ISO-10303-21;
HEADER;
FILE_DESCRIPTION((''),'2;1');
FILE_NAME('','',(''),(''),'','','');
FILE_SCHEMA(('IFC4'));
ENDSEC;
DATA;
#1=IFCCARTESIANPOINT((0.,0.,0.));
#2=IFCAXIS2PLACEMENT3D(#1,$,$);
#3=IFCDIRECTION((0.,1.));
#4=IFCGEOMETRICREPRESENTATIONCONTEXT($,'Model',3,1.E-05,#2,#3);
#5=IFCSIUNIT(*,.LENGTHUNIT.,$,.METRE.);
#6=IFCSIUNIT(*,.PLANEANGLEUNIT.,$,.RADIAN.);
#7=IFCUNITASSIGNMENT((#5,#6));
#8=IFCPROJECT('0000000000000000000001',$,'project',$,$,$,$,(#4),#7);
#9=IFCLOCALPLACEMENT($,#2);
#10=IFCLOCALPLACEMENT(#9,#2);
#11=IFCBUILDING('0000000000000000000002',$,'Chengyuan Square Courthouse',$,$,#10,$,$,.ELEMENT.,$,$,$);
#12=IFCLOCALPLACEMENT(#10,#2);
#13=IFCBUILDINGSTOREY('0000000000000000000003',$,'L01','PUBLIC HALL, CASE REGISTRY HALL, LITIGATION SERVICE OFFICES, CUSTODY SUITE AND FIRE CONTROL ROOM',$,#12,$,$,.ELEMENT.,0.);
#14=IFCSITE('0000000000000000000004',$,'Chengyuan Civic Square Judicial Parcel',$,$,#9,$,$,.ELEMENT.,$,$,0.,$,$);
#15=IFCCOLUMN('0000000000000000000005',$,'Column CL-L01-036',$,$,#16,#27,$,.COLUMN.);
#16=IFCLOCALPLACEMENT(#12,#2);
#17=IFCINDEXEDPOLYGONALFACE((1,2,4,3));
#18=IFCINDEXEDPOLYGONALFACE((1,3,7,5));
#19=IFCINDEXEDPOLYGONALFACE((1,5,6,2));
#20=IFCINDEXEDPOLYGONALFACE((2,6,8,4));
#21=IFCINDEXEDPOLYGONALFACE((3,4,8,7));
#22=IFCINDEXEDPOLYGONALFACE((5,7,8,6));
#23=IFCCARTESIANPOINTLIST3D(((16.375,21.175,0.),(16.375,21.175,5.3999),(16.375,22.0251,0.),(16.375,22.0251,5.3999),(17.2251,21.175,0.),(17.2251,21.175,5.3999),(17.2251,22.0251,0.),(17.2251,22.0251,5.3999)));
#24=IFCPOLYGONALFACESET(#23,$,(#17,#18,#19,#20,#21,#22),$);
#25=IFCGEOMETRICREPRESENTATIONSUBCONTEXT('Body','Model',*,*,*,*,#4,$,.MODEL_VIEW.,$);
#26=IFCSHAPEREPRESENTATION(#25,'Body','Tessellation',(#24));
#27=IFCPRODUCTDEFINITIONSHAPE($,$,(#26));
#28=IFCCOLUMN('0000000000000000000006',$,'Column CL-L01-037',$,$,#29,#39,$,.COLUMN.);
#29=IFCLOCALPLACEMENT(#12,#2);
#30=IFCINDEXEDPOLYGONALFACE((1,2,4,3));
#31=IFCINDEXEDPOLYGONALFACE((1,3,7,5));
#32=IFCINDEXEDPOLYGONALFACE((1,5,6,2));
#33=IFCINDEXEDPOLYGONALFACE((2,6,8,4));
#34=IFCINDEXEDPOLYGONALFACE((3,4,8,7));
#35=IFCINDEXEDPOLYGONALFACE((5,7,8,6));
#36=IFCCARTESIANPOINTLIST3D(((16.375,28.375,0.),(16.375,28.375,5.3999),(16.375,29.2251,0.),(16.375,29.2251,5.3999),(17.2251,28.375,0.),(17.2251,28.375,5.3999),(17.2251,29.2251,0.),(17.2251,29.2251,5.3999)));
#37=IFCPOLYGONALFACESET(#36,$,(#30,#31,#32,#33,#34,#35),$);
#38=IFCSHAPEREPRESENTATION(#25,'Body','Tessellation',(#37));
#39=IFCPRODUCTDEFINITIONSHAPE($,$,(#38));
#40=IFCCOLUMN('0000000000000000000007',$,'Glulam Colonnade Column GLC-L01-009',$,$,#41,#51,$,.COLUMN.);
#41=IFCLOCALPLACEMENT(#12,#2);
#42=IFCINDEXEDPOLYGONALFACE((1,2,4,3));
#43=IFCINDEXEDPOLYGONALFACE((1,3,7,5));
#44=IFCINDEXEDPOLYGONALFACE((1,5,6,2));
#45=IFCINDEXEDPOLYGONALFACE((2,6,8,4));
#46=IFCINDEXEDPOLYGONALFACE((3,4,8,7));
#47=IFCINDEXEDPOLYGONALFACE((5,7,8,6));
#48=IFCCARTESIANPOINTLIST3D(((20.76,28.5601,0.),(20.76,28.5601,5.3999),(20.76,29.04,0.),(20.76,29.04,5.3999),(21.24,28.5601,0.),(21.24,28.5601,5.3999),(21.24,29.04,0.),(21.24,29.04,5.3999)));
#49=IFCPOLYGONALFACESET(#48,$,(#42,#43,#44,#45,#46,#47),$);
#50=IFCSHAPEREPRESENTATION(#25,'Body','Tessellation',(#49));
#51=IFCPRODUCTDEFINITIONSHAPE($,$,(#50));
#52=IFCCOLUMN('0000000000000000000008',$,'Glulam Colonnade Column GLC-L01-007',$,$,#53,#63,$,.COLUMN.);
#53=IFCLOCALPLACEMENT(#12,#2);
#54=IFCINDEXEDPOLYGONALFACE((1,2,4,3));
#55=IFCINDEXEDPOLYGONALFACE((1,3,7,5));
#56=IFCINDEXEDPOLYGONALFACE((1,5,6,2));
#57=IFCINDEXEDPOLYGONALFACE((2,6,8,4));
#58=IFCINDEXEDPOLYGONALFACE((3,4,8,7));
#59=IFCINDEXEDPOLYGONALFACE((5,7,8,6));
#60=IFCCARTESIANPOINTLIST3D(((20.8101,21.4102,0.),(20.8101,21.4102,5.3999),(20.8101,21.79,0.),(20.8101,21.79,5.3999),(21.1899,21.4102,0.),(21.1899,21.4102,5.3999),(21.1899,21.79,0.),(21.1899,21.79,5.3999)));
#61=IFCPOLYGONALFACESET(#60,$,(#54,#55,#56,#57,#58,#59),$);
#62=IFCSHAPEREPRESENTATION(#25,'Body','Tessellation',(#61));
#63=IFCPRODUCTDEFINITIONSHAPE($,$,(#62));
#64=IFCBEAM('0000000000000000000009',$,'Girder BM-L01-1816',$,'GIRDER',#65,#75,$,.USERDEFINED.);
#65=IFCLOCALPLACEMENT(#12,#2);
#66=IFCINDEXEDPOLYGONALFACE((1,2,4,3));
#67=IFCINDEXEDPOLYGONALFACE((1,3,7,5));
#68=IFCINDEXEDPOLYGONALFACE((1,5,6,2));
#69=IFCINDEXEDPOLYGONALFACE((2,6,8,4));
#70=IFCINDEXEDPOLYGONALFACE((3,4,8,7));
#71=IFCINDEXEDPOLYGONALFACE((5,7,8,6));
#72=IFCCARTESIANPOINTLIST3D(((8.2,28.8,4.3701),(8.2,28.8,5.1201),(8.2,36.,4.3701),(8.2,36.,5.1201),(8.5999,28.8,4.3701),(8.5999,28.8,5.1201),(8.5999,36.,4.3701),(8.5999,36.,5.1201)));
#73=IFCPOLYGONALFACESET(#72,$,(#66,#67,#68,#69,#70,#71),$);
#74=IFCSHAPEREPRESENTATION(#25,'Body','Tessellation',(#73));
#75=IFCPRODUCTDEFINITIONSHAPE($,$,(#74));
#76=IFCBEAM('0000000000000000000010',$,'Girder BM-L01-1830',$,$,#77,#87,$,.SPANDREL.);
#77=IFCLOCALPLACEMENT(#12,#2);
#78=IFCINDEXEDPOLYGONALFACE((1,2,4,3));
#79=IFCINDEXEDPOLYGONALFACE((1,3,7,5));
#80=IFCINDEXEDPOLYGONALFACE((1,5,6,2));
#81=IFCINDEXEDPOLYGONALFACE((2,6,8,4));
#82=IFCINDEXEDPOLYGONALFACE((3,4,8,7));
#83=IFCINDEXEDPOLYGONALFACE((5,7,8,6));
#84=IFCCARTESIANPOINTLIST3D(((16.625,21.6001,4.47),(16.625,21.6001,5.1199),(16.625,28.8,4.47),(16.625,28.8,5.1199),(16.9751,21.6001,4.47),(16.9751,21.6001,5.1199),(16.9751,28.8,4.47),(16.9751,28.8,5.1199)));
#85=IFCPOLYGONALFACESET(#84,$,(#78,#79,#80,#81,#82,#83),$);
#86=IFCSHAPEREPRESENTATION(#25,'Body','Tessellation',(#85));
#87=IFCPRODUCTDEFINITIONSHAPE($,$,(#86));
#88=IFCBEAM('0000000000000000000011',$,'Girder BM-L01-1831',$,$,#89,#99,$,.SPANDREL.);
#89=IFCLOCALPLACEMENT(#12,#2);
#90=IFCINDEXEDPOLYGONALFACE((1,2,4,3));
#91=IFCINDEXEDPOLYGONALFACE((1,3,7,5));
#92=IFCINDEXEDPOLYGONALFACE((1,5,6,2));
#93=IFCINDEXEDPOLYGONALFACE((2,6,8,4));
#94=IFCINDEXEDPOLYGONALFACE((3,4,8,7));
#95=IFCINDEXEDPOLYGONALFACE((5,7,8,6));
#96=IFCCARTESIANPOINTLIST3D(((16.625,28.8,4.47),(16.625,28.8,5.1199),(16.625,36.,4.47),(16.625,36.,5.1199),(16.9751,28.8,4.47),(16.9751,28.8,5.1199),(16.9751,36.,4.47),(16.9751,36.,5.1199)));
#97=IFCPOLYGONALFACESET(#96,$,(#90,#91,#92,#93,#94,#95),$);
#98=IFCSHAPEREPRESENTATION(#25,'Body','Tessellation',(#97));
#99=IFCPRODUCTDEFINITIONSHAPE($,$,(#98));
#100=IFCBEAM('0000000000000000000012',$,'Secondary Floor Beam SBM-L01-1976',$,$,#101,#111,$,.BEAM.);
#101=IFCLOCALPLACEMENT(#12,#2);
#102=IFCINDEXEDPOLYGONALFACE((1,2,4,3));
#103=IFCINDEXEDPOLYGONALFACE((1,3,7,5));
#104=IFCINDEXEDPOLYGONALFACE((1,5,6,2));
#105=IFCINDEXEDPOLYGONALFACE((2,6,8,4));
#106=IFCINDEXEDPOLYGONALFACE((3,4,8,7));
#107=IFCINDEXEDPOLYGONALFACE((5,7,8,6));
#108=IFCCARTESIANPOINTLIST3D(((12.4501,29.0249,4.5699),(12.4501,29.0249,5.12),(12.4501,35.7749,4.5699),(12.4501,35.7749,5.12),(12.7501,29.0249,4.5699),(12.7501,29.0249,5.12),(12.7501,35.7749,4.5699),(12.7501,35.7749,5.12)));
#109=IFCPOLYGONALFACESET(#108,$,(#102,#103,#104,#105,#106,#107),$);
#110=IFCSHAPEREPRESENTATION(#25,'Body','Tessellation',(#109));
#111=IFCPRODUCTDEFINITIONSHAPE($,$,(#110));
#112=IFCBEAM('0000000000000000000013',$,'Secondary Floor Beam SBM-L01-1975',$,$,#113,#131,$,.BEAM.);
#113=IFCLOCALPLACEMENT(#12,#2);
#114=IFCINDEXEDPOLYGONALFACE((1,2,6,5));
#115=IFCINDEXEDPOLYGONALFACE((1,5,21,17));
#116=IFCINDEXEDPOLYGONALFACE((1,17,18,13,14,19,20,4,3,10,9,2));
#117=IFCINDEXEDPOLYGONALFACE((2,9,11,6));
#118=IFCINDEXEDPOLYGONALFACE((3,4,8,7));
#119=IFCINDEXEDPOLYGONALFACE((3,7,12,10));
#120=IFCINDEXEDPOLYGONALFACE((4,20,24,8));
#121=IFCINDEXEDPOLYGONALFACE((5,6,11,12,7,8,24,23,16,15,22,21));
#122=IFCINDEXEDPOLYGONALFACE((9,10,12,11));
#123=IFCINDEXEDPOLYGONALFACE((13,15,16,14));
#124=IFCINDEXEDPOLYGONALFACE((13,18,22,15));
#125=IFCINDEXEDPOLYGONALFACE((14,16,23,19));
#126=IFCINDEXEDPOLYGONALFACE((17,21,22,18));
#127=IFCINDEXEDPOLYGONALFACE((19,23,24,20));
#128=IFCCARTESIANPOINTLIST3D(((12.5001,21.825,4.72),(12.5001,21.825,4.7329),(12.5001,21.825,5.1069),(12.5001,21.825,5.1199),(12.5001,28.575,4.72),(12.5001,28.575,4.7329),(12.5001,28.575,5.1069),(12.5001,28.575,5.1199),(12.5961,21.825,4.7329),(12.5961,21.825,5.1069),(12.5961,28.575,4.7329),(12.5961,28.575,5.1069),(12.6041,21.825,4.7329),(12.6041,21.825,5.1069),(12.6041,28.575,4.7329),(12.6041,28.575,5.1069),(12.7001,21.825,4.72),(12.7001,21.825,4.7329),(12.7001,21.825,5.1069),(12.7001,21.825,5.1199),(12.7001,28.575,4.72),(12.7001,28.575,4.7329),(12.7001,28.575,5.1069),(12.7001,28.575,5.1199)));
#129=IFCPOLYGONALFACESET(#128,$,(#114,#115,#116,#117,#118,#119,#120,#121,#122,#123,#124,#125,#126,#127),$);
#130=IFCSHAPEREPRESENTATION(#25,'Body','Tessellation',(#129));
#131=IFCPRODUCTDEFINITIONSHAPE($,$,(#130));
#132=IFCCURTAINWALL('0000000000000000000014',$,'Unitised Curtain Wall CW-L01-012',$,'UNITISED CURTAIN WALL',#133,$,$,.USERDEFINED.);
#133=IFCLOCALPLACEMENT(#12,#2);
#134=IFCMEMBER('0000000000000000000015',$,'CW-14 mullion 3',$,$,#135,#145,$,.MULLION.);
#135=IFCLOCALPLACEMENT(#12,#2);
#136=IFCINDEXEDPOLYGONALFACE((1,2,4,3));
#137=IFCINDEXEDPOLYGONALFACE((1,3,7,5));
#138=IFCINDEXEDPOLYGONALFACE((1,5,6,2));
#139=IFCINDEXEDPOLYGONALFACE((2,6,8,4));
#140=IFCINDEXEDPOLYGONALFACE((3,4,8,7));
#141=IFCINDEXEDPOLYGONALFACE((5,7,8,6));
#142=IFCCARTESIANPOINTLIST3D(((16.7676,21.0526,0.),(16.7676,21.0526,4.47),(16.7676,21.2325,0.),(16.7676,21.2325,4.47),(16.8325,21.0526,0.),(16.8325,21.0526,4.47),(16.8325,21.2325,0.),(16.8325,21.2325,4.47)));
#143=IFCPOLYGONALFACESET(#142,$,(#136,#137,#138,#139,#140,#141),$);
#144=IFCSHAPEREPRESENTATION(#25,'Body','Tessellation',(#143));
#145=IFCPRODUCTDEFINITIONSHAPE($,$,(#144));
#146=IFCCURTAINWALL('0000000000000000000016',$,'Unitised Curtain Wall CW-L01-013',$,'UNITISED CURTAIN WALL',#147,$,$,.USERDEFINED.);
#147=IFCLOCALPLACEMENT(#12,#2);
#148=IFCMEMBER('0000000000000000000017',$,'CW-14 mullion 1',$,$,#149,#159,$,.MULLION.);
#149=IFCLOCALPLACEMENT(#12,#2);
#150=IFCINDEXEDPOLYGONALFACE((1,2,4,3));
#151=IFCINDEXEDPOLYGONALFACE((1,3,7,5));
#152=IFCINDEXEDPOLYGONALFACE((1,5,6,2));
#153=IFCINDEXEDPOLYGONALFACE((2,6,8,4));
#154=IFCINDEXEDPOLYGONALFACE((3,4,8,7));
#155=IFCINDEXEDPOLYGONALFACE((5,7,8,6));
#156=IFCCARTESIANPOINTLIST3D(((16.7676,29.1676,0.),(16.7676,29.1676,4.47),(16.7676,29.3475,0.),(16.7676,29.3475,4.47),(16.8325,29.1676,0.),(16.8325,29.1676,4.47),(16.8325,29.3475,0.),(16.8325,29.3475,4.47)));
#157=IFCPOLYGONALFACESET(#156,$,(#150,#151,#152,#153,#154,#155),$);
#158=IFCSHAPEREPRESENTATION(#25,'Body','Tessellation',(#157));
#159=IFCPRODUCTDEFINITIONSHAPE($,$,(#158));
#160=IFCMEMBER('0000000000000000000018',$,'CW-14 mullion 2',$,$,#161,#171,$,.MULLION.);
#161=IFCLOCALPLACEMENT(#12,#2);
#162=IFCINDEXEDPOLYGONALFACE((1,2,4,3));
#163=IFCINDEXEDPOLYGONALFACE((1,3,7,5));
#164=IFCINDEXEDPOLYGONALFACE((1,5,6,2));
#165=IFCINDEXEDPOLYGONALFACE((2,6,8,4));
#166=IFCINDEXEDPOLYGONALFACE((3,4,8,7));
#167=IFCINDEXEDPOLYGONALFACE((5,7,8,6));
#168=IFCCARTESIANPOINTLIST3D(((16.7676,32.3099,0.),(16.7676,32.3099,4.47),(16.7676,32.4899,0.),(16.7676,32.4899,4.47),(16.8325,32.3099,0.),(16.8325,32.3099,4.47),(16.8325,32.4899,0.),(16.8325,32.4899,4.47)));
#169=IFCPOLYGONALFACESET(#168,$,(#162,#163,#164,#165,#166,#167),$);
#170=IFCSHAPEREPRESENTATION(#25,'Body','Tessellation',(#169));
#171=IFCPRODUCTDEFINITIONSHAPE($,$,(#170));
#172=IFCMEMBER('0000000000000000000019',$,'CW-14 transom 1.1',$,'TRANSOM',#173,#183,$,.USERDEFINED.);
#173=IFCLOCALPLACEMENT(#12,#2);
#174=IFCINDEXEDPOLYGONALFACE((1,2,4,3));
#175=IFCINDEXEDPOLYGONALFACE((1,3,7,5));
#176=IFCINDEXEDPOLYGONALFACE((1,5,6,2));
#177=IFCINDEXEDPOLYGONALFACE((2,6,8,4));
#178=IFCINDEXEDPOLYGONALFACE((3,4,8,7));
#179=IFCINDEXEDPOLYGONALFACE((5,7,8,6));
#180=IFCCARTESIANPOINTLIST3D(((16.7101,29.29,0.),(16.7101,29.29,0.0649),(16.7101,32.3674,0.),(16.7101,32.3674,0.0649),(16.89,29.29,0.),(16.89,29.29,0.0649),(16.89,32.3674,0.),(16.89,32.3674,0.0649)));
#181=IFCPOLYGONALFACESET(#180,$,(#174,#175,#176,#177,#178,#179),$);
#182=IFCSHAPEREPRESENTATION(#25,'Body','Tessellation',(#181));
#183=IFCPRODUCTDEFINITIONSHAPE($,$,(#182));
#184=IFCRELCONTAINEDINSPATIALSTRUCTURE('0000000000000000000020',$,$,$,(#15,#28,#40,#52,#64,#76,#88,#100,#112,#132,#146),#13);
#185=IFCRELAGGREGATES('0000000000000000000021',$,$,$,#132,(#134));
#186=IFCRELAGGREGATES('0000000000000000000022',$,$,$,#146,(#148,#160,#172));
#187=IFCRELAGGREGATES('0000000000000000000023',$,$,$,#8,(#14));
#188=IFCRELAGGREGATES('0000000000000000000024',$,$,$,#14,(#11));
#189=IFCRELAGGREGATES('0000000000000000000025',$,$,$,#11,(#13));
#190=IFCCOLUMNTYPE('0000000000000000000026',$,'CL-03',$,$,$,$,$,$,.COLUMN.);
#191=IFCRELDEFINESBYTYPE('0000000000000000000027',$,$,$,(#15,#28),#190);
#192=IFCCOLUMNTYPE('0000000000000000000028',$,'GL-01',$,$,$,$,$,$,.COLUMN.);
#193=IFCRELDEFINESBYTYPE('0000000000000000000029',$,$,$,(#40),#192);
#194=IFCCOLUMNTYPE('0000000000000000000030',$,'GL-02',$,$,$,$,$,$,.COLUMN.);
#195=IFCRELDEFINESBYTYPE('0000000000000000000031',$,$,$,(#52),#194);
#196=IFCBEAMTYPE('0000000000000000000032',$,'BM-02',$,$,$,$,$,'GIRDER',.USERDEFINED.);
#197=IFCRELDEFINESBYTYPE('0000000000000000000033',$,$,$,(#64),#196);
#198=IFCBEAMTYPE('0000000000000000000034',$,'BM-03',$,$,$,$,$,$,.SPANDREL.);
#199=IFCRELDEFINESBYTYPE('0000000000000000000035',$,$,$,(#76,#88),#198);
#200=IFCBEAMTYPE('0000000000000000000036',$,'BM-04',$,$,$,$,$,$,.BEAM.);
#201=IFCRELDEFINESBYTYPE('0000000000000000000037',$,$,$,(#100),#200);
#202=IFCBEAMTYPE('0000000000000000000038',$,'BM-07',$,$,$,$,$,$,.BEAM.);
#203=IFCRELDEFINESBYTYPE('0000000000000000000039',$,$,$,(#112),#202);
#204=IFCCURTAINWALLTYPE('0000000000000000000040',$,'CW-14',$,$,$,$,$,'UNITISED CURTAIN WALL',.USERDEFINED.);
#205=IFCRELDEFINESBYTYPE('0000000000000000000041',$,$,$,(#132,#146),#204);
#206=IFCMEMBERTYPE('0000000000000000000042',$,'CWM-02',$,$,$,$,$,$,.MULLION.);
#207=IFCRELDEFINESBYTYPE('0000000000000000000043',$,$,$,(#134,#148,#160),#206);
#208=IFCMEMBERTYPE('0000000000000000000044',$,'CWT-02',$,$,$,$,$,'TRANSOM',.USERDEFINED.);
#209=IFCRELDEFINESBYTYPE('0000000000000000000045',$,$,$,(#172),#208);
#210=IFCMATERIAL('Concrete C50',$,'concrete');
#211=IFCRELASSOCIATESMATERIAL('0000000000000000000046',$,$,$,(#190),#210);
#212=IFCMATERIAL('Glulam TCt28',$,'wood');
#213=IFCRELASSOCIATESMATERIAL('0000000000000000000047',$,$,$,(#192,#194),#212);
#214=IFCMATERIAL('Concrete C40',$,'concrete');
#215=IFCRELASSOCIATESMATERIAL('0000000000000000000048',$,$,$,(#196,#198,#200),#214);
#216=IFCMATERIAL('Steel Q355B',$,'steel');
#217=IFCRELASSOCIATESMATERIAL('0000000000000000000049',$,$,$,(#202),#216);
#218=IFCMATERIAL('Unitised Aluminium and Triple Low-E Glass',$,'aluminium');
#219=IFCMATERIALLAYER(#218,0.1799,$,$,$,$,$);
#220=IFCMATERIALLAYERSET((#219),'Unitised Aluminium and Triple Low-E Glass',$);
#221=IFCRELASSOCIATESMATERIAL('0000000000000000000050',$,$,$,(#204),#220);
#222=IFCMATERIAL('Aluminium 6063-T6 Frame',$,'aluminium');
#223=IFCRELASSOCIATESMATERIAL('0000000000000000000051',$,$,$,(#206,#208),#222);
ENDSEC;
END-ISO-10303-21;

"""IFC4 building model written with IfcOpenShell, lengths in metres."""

from ifc_helpers import new_model, si_unit, direction, frame, origin, origin_2d, place, context, subcontext, project, spatial, rectangle, i_section, extrude, material, layer, layer_set, material_profile, profile_set, type_object, element, aggregate, save


model = new_model("IFC4")

# Units and contexts
model_context = context("Model", 3, precision=1e-05, world=origin(), true_north=direction((0.0, 1.0)))
body_context = subcontext(model_context, "Body", "Model", "MODEL_VIEW")
ifc_project = project(units=[si_unit("LENGTHUNIT", "METRE"), si_unit("PLANEANGLEUNIT", "RADIAN")], contexts=[model_context])

# Site, building, storey
site_placement = place(None, origin())
site = spatial("IfcSite", under=ifc_project, at=site_placement, Name="Chengyuan Civic Square Judicial Parcel", CompositionType="ELEMENT", RefElevation=0.0)
building_placement = place(site_placement, origin())
building = spatial("IfcBuilding", under=site, at=building_placement, Name="Chengyuan Square Courthouse", CompositionType="ELEMENT")
storey_placement = place(building_placement, origin())
storey = spatial("IfcBuildingStorey", under=building, at=storey_placement, Name="L01", Description="PUBLIC HALL, CASE REGISTRY HALL, LITIGATION SERVICE OFFICES, CUSTODY SUITE AND FIRE CONTROL ROOM", CompositionType="ELEMENT", Elevation=0.0)

# Columns
ifc_material_1 = material(Name="Concrete C50", Category="concrete")
ifc_material_profile_1 = material_profile(ifc_material_1, rectangle(XDim=0.8501, YDim=0.8501, at=origin_2d()), Name="RC-COL-850x850")
ifc_profile_set_1 = profile_set([ifc_material_profile_1], Name="Concrete C50")
column_type_1 = type_object("IfcColumnType", Name="CL-03", PredefinedType="COLUMN", material=ifc_profile_set_1)
for number, where, z_axis, x_axis, name in (
    (1, (16.8, 21.6001, 0.0), (0.0, 0.0, 1.0), (1.0, 0.0, 0.0), "Column CL-L01-036"),
    (2, (16.8, 28.8, 0.0), (0.0, 0.0, 1.0), (1.0, 0.0, 0.0), "Column CL-L01-037"),
):
    element("IfcColumn", number, at=place(storey_placement, frame(where, z_axis=z_axis, x_axis=x_axis)), inside=storey, type_object=column_type_1, Name=name, PredefinedType="COLUMN", context=body_context, shape_type="SweptSolid", body=[
        extrude(rectangle(XDim=0.8501, YDim=0.8501, at=origin_2d()), origin(), (0.0, 0.0, 1.0), 5.3999),
    ])
ifc_material_2 = material(Name="Glulam TCt28", Category="wood")
ifc_material_profile_2 = material_profile(ifc_material_2, rectangle(XDim=0.48, YDim=0.48, at=origin_2d()), Name="GL-COL-480x480")
ifc_profile_set_2 = profile_set([ifc_material_profile_2], Name="Glulam TCt28")
column_type_2 = type_object("IfcColumnType", Name="GL-01", PredefinedType="COLUMN", material=ifc_profile_set_2)
column_1_placement = place(storey_placement, frame((21.0, 28.8, 0.0), z_axis=(0.0, 0.0, 1.0), x_axis=(1.0, 0.0, 0.0)))
element("IfcColumn", 3, at=column_1_placement, inside=storey, type_object=column_type_2, Name="Glulam Colonnade Column GLC-L01-009", PredefinedType="COLUMN", context=body_context, shape_type="SweptSolid", body=[
    extrude(rectangle(XDim=0.48, YDim=0.48, at=origin_2d()), origin(), (0.0, 0.0, 1.0), 5.3999),
])
ifc_material_profile_3 = material_profile(ifc_material_2, rectangle(XDim=0.3799, YDim=0.3799, at=origin_2d()), Name="GL-COL-380x380")
ifc_profile_set_3 = profile_set([ifc_material_profile_3], Name="Glulam TCt28")
column_type_3 = type_object("IfcColumnType", Name="GL-02", PredefinedType="COLUMN", material=ifc_profile_set_3)
column_2_placement = place(storey_placement, frame((21.0, 21.6001, 0.0), z_axis=(0.0, 0.0, 1.0), x_axis=(1.0, 0.0, 0.0)))
element("IfcColumn", 4, at=column_2_placement, inside=storey, type_object=column_type_3, Name="Glulam Colonnade Column GLC-L01-007", PredefinedType="COLUMN", context=body_context, shape_type="SweptSolid", body=[
    extrude(rectangle(XDim=0.3799, YDim=0.3799, at=origin_2d()), origin(), (0.0, 0.0, 1.0), 5.3999),
])

# Beams
ifc_material_3 = material(Name="Concrete C40", Category="concrete")
ifc_material_profile_4 = material_profile(ifc_material_3, rectangle(XDim=0.3999, YDim=0.75, at=origin_2d()), Name="RC-BM-400x750")
ifc_profile_set_4 = profile_set([ifc_material_profile_4], Name="Concrete C40")
beam_type_1 = type_object("IfcBeamType", Name="BM-02", ElementType="GIRDER", PredefinedType="USERDEFINED", material=ifc_profile_set_4)
beam_1_placement = place(storey_placement, frame((8.3999, 28.8, 4.7451), z_axis=(0.0, 1.0, 0.0), x_axis=(-1.0, 0.0, 0.0)))
element("IfcBeam", 5, at=beam_1_placement, inside=storey, type_object=beam_type_1, Name="Girder BM-L01-1816", ObjectType="GIRDER", PredefinedType="USERDEFINED", context=body_context, shape_type="SweptSolid", body=[
    extrude(rectangle(XDim=0.3999, YDim=0.75, at=origin_2d()), origin(), (0.0, 0.0, 1.0), 7.2),
])
ifc_material_profile_5 = material_profile(ifc_material_3, rectangle(XDim=0.3501, YDim=0.6499, at=origin_2d()), Name="RC-BM-350x650")
ifc_profile_set_5 = profile_set([ifc_material_profile_5], Name="Concrete C40")
beam_type_2 = type_object("IfcBeamType", Name="BM-03", PredefinedType="SPANDREL", material=ifc_profile_set_5)
for number, where, z_axis, x_axis, name in (
    (6, (16.8, 21.6001, 4.7949), (0.0, 1.0, 0.0), (-1.0, 0.0, 0.0), "Girder BM-L01-1830"),
    (7, (16.8, 28.8, 4.7949), (0.0, 1.0, 0.0), (-1.0, 0.0, 0.0), "Girder BM-L01-1831"),
):
    element("IfcBeam", number, at=place(storey_placement, frame(where, z_axis=z_axis, x_axis=x_axis)), inside=storey, type_object=beam_type_2, Name=name, PredefinedType="SPANDREL", context=body_context, shape_type="SweptSolid", body=[
        extrude(rectangle(XDim=0.3501, YDim=0.6499, at=origin_2d()), origin(), (0.0, 0.0, 1.0), 7.2),
    ])
ifc_material_profile_6 = material_profile(ifc_material_3, rectangle(XDim=0.3, YDim=0.55, at=origin_2d()), Name="RC-BM-300x550")
ifc_profile_set_6 = profile_set([ifc_material_profile_6], Name="Concrete C40")
beam_type_3 = type_object("IfcBeamType", Name="BM-04", PredefinedType="BEAM", material=ifc_profile_set_6)
beam_2_placement = place(storey_placement, frame((12.6001, 29.0249, 4.845), z_axis=(0.0, 1.0, 0.0), x_axis=(-1.0, 0.0, 0.0)))
element("IfcBeam", 8, at=beam_2_placement, inside=storey, type_object=beam_type_3, Name="Secondary Floor Beam SBM-L01-1976", PredefinedType="BEAM", context=body_context, shape_type="SweptSolid", body=[
    extrude(rectangle(XDim=0.3, YDim=0.55, at=origin_2d()), origin(), (0.0, 0.0, 1.0), 6.75),
])
ifc_material_4 = material(Name="Steel Q355B", Category="steel")
ifc_material_profile_7 = material_profile(ifc_material_4, i_section(OverallWidth=0.2, OverallDepth=0.3999, WebThickness=0.0081, FlangeThickness=0.0129, at=origin_2d()), Name="HN 400x200x8x13")
ifc_profile_set_7 = profile_set([ifc_material_profile_7], Name="Steel Q355B")
beam_type_4 = type_object("IfcBeamType", Name="BM-07", PredefinedType="BEAM", material=ifc_profile_set_7)
beam_3_placement = place(storey_placement, frame((12.6001, 21.825, 4.9199), z_axis=(0.0, 1.0, 0.0), x_axis=(-1.0, 0.0, 0.0)))
element("IfcBeam", 9, at=beam_3_placement, inside=storey, type_object=beam_type_4, Name="Secondary Floor Beam SBM-L01-1975", PredefinedType="BEAM", context=body_context, shape_type="SweptSolid", body=[
    extrude(i_section(OverallWidth=0.2, OverallDepth=0.3999, WebThickness=0.0081, FlangeThickness=0.0129, at=origin_2d()), origin(), (0.0, 0.0, 1.0), 6.75),
])

# Curtain wall, member
ifc_material_5 = material(Name="Unitised Aluminium and Triple Low-E Glass", Category="aluminium")
ifc_layer_1 = layer(ifc_material_5, 0.1799)
ifc_layer_set_1 = layer_set([ifc_layer_1], Name="Unitised Aluminium and Triple Low-E Glass")
curtain_wall_type = type_object("IfcCurtainWallType", Name="CW-14", ElementType="UNITISED CURTAIN WALL", PredefinedType="USERDEFINED", material=ifc_layer_set_1)
curtain_wall_1_placement = place(storey_placement, origin())
curtain_wall_1 = element("IfcCurtainWall", 10, at=curtain_wall_1_placement, inside=storey, type_object=curtain_wall_type, Name="Unitised Curtain Wall CW-L01-012", ObjectType="UNITISED CURTAIN WALL", PredefinedType="USERDEFINED")
ifc_material_6 = material(Name="Aluminium 6063-T6 Frame", Category="aluminium")
ifc_material_profile_8 = material_profile(ifc_material_6, rectangle(XDim=0.0649, YDim=0.1799, at=origin_2d()), Name="CW-MUL-65x180")
ifc_profile_set_8 = profile_set([ifc_material_profile_8], Name="Aluminium 6063-T6 Frame")
member_type_1 = type_object("IfcMemberType", Name="CWM-02", PredefinedType="MULLION", material=ifc_profile_set_8)
member_1_placement = place(storey_placement, frame((16.8, 21.1426, 0.0), z_axis=(0.0, 0.0, 1.0), x_axis=(-1.0, 0.0, 0.0)))
member_1 = element("IfcMember", 11, at=member_1_placement, type_object=member_type_1, Name="CW-14 mullion 3", PredefinedType="MULLION", context=body_context, shape_type="SweptSolid", body=[
    extrude(rectangle(XDim=0.0649, YDim=0.1799, at=origin_2d()), origin(), (0.0, 0.0, 1.0), 4.47),
])
aggregate(curtain_wall_1, [member_1])

# Curtain wall, members
curtain_wall_2_placement = place(storey_placement, origin())
curtain_wall_2 = element("IfcCurtainWall", 12, at=curtain_wall_2_placement, inside=storey, type_object=curtain_wall_type, Name="Unitised Curtain Wall CW-L01-013", ObjectType="UNITISED CURTAIN WALL", PredefinedType="USERDEFINED")
member_2_placement = place(storey_placement, frame((16.8, 29.2576, 0.0), z_axis=(0.0, 0.0, 1.0), x_axis=(-1.0, 0.0, 0.0)))
member_2 = element("IfcMember", 13, at=member_2_placement, type_object=member_type_1, Name="CW-14 mullion 1", PredefinedType="MULLION", context=body_context, shape_type="SweptSolid", body=[
    extrude(rectangle(XDim=0.0649, YDim=0.1799, at=origin_2d()), origin(), (0.0, 0.0, 1.0), 4.47),
])
member_3_placement = place(storey_placement, frame((16.8, 32.3999, 0.0), z_axis=(0.0, 0.0, 1.0), x_axis=(-1.0, 0.0, 0.0)))
member_3 = element("IfcMember", 14, at=member_3_placement, type_object=member_type_1, Name="CW-14 mullion 2", PredefinedType="MULLION", context=body_context, shape_type="SweptSolid", body=[
    extrude(rectangle(XDim=0.0649, YDim=0.1799, at=origin_2d()), origin(), (0.0, 0.0, 1.0), 4.47),
])
ifc_material_profile_9 = material_profile(ifc_material_6, rectangle(XDim=0.1799, YDim=0.0649, at=origin_2d()), Name="CW-TRN-65x140")
ifc_profile_set_9 = profile_set([ifc_material_profile_9], Name="Aluminium 6063-T6 Frame")
member_type_2 = type_object("IfcMemberType", Name="CWT-02", ElementType="TRANSOM", PredefinedType="USERDEFINED", material=ifc_profile_set_9)
member_4_placement = place(storey_placement, frame((16.8, 29.29, 0.0325), z_axis=(0.0, 1.0, 0.0), x_axis=(-1.0, 0.0, 0.0)))
member_4 = element("IfcMember", 15, at=member_4_placement, type_object=member_type_2, Name="CW-14 transom 1.1", ObjectType="TRANSOM", PredefinedType="USERDEFINED", context=body_context, shape_type="SweptSolid", body=[
    extrude(rectangle(XDim=0.1799, YDim=0.0649, at=origin_2d()), origin(), (0.0, 0.0, 1.0), 3.0774),
])

aggregate(curtain_wall_2, [member_2, member_3, member_4])

save(model, "model.ifc")
